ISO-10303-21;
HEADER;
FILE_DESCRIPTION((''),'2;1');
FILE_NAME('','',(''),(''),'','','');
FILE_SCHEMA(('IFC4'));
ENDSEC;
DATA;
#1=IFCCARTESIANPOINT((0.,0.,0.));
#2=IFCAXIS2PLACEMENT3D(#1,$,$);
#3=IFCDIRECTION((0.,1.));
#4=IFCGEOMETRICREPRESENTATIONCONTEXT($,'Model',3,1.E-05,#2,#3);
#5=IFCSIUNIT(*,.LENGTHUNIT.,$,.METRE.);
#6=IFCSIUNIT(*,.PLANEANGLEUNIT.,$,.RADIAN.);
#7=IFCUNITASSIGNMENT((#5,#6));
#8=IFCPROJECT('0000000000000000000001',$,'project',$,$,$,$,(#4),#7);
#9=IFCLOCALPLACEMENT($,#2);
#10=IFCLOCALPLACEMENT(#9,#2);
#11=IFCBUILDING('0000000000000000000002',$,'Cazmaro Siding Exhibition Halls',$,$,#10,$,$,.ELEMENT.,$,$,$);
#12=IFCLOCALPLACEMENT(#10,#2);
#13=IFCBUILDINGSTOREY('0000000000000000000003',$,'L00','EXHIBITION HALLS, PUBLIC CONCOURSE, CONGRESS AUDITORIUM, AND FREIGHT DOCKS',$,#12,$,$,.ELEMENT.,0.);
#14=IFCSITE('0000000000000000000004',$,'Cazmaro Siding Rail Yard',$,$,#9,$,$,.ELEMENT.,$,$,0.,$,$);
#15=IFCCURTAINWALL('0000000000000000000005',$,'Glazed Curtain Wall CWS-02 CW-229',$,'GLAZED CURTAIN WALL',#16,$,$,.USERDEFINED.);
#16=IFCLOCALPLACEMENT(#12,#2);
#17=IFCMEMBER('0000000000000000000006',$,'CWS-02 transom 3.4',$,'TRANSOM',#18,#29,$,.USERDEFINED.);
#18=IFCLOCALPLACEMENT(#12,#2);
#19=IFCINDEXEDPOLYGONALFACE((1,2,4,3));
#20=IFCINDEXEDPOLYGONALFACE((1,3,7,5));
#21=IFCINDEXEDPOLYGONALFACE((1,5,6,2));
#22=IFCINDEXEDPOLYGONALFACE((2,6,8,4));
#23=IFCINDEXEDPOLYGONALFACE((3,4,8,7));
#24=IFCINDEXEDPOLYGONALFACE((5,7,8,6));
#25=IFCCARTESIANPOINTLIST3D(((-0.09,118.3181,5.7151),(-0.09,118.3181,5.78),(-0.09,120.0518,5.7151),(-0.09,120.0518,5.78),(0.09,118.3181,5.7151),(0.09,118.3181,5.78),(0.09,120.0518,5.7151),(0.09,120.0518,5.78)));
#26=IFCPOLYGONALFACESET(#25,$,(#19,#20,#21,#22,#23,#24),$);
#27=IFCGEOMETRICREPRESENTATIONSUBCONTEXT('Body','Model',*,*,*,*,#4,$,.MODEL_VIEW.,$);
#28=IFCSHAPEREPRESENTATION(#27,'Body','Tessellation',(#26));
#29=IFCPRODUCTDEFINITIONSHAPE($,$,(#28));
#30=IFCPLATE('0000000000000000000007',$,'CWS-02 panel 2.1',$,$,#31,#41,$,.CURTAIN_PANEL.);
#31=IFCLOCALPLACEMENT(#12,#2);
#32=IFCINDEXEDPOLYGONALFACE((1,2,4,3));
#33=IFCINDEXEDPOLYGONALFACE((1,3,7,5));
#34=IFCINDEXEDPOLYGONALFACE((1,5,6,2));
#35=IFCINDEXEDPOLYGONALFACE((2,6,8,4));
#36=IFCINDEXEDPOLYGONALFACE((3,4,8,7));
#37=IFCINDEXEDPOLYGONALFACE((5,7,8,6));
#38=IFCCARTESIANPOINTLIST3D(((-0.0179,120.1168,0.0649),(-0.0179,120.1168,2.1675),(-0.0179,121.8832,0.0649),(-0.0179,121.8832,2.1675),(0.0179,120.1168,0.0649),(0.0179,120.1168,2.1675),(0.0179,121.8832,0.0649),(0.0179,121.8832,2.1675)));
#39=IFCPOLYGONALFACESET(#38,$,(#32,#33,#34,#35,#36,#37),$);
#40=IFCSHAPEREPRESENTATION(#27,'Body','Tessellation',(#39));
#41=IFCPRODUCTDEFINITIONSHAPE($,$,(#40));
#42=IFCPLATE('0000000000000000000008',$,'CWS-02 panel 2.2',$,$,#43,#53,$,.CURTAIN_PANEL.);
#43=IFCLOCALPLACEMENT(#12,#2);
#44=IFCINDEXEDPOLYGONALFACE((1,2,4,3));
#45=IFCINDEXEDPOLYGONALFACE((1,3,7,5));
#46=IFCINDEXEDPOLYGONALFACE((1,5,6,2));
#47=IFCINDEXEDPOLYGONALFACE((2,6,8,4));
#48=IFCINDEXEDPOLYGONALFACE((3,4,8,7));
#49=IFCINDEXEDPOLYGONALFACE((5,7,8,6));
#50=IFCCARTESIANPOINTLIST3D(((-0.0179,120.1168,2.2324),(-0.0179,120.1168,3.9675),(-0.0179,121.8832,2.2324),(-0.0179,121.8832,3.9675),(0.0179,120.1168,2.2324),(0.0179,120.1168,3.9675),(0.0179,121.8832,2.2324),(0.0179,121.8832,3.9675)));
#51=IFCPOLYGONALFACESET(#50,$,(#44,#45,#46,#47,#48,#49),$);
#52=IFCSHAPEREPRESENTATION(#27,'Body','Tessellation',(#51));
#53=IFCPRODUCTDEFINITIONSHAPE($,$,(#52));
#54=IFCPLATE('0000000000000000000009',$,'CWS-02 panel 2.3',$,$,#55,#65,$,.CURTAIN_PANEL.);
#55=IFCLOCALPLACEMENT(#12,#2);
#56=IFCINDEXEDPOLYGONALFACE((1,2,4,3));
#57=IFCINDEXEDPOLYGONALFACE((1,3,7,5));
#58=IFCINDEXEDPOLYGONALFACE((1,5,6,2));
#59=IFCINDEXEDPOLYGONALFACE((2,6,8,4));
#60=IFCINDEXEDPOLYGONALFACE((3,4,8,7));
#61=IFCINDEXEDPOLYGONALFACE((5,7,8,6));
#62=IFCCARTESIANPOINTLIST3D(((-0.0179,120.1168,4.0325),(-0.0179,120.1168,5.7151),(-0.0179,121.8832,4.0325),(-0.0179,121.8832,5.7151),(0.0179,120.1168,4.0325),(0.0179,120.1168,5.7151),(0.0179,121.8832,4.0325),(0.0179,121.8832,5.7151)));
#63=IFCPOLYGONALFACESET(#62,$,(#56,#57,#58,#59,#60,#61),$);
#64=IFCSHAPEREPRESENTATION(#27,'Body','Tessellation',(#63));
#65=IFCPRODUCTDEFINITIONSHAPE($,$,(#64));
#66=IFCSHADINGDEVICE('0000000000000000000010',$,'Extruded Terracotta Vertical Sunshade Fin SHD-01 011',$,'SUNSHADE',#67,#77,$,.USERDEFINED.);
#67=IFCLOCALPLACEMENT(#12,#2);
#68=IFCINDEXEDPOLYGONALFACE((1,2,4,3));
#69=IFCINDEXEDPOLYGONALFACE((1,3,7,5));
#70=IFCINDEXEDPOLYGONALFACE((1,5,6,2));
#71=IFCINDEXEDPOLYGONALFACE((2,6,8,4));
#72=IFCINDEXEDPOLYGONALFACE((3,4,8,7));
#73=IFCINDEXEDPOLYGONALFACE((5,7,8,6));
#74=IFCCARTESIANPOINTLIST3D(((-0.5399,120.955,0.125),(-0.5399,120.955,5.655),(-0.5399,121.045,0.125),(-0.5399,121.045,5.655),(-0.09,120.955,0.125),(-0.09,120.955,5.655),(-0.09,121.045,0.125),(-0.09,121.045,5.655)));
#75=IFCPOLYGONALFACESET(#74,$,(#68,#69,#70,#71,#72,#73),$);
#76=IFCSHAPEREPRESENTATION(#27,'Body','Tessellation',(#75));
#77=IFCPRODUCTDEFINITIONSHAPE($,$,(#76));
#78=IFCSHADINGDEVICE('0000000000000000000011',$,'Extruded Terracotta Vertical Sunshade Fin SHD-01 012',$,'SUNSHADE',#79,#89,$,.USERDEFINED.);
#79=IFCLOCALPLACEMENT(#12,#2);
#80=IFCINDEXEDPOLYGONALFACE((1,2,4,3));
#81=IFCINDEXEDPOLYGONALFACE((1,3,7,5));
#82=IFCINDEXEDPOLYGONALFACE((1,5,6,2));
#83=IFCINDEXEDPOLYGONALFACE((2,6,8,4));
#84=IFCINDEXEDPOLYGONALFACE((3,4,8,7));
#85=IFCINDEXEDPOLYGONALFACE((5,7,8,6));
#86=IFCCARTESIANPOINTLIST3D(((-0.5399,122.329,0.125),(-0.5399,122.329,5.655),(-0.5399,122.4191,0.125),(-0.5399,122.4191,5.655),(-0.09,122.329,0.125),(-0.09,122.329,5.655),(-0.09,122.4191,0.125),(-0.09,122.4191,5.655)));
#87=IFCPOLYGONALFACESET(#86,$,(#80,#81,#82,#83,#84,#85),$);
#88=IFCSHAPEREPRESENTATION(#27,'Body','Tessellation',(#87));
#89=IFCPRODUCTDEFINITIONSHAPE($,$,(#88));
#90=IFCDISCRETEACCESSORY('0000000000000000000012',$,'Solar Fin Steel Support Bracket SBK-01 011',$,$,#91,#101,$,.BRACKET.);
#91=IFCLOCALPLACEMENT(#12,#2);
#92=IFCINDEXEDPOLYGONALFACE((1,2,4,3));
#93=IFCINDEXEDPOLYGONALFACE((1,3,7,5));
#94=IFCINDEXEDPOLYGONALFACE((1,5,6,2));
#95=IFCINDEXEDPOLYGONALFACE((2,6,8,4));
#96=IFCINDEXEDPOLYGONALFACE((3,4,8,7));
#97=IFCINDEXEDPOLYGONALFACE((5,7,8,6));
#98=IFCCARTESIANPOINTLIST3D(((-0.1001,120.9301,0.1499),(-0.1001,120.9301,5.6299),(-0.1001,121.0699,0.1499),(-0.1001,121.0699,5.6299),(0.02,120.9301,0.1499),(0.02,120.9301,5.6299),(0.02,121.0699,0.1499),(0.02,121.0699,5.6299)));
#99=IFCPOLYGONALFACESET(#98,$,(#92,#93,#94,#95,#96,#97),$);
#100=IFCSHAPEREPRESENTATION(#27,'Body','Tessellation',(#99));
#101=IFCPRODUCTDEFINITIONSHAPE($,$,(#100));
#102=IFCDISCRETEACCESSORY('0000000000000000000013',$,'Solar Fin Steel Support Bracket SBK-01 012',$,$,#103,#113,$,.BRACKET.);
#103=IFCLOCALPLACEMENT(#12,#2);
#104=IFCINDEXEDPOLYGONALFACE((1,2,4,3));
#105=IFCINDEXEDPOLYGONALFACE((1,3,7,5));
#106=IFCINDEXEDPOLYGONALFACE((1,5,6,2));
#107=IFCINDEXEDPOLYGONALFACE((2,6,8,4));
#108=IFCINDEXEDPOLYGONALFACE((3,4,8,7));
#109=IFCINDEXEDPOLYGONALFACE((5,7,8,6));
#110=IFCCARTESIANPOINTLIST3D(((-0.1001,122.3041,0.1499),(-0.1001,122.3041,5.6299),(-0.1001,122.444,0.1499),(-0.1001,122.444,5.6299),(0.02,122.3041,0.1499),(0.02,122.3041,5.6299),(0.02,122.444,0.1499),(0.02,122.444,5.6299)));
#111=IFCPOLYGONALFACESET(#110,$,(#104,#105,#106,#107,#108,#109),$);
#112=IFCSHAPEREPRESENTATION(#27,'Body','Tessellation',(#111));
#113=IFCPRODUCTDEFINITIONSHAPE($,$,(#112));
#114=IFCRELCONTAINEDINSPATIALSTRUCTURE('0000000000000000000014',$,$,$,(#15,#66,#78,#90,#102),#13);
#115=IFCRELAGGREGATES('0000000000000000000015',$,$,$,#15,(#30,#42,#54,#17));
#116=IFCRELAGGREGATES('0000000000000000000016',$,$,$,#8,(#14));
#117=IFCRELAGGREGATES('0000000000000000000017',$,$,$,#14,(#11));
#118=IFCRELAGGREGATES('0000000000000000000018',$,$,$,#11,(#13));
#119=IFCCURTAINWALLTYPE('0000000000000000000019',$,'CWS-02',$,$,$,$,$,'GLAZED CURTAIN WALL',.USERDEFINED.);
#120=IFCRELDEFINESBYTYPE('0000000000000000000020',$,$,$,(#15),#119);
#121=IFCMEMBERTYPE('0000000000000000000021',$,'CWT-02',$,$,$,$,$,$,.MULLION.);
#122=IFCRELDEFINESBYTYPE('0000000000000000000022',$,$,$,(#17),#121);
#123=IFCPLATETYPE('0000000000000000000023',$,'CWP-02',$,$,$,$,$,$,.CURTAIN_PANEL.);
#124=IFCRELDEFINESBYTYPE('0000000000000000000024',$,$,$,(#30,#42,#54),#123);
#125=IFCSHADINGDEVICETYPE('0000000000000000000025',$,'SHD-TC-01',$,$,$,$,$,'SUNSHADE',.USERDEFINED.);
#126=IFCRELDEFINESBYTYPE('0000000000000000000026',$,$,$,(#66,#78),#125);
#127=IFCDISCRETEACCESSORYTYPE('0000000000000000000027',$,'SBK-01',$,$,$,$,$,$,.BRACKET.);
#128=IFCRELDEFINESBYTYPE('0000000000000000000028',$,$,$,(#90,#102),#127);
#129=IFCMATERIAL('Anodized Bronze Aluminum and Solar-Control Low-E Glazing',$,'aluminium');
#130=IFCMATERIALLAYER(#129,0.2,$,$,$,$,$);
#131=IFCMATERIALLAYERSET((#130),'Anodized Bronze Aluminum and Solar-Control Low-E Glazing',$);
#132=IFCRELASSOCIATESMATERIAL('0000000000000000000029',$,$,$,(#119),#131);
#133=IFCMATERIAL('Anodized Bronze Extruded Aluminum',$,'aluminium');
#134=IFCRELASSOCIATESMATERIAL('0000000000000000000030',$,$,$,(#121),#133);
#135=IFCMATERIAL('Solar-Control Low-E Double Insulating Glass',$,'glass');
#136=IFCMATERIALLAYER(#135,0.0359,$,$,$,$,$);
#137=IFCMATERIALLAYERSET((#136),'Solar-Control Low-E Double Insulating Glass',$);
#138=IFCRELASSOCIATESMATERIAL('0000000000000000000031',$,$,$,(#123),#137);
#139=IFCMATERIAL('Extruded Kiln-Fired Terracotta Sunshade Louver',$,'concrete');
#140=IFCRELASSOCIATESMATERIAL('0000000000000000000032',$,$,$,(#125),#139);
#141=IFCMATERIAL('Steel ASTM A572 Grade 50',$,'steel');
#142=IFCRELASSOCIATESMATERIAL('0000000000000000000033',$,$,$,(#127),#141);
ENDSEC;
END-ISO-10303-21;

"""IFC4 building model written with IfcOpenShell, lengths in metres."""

from ifc_helpers import new_model, si_unit, direction, frame, origin, origin_2d, place, context, subcontext, project, spatial, rectangle, extrude, material, layer, layer_set, material_profile, profile_set, type_object, element, aggregate, save


model = new_model("IFC4")

# Units and contexts
model_context = context("Model", 3, precision=1e-05, world=origin(), true_north=direction((0.0, 1.0)))
body_context = subcontext(model_context, "Body", "Model", "MODEL_VIEW")
ifc_project = project(units=[si_unit("LENGTHUNIT", "METRE"), si_unit("PLANEANGLEUNIT", "RADIAN")], contexts=[model_context])

# Site, building, storey
site_placement = place(None, origin())
site = spatial("IfcSite", under=ifc_project, at=site_placement, Name="Cazmaro Siding Rail Yard", CompositionType="ELEMENT", RefElevation=0.0)
building_placement = place(site_placement, origin())
building = spatial("IfcBuilding", under=site, at=building_placement, Name="Cazmaro Siding Exhibition Halls", CompositionType="ELEMENT")
storey_placement = place(building_placement, origin())
storey = spatial("IfcBuildingStorey", under=building, at=storey_placement, Name="L00", Description="EXHIBITION HALLS, PUBLIC CONCOURSE, CONGRESS AUDITORIUM, AND FREIGHT DOCKS", CompositionType="ELEMENT", Elevation=0.0)

# Curtain wall, member, plates
ifc_material_1 = material(Name="Anodized Bronze Aluminum and Solar-Control Low-E Glazing", Category="aluminium")
ifc_layer_1 = layer(ifc_material_1, 0.2)
ifc_layer_set_1 = layer_set([ifc_layer_1], Name="Anodized Bronze Aluminum and Solar-Control Low-E Glazing")
curtain_wall_type = type_object("IfcCurtainWallType", Name="CWS-02", ElementType="GLAZED CURTAIN WALL", PredefinedType="USERDEFINED", material=ifc_layer_set_1)
curtain_wall_placement = place(storey_placement, origin())
curtain_wall = element("IfcCurtainWall", 1, at=curtain_wall_placement, inside=storey, type_object=curtain_wall_type, Name="Glazed Curtain Wall CWS-02 CW-229", ObjectType="GLAZED CURTAIN WALL", PredefinedType="USERDEFINED")
ifc_material_2 = material(Name="Anodized Bronze Extruded Aluminum", Category="aluminium")
ifc_material_profile_1 = material_profile(ifc_material_2, rectangle(XDim=0.1799, YDim=0.0649, at=origin_2d()), Name="CWT-02")
ifc_profile_set_1 = profile_set([ifc_material_profile_1], Name="Anodized Bronze Extruded Aluminum")
member_type_1 = type_object("IfcMemberType", Name="CWT-02", PredefinedType="MULLION", material=ifc_profile_set_1)
member_1_placement = place(storey_placement, frame((0.0, 120.0518, 5.7476), z_axis=(0.0, -1.0, 0.0), x_axis=(1.0, 0.0, 0.0)))
member_1 = element("IfcMember", 2, at=member_1_placement, type_object=member_type_1, Name="CWS-02 transom 3.4", ObjectType="TRANSOM", PredefinedType="USERDEFINED", context=body_context, shape_type="SweptSolid", body=[
    extrude(rectangle(XDim=0.1799, YDim=0.0649, at=origin_2d()), origin(), (0.0, 0.0, 1.0), 1.7336),
])
ifc_material_3 = material(Name="Solar-Control Low-E Double Insulating Glass", Category="glass")
ifc_layer_2 = layer(ifc_material_3, 0.0359)
ifc_layer_set_2 = layer_set([ifc_layer_2], Name="Solar-Control Low-E Double Insulating Glass")
plate_type = type_object("IfcPlateType", Name="CWP-02", PredefinedType="CURTAIN_PANEL", material=ifc_layer_set_2)
plate_1_placement = place(storey_placement, frame((0.0, 121.0, 0.0649), z_axis=(0.0, 0.0, 1.0), x_axis=(0.0, -1.0, 0.0)))
plate_1 = element("IfcPlate", 3, at=plate_1_placement, type_object=plate_type, Name="CWS-02 panel 2.1", PredefinedType="CURTAIN_PANEL", context=body_context, shape_type="SweptSolid", body=[
    extrude(rectangle(XDim=1.7664, YDim=0.0359, at=origin_2d()), origin(), (0.0, 0.0, 1.0), 2.1025),
])
plate_2_placement = place(storey_placement, frame((0.0, 121.0, 2.2324), z_axis=(0.0, 0.0, 1.0), x_axis=(0.0, -1.0, 0.0)))
plate_2 = element("IfcPlate", 4, at=plate_2_placement, type_object=plate_type, Name="CWS-02 panel 2.2", PredefinedType="CURTAIN_PANEL", context=body_context, shape_type="SweptSolid", body=[
    extrude(rectangle(XDim=1.7664, YDim=0.0359, at=origin_2d()), origin(), (0.0, 0.0, 1.0), 1.7351),
])
plate_3_placement = place(storey_placement, frame((0.0, 121.0, 4.0325), z_axis=(0.0, 0.0, 1.0), x_axis=(0.0, -1.0, 0.0)))
plate_3 = element("IfcPlate", 5, at=plate_3_placement, type_object=plate_type, Name="CWS-02 panel 2.3", PredefinedType="CURTAIN_PANEL", context=body_context, shape_type="SweptSolid", body=[
    extrude(rectangle(XDim=1.7664, YDim=0.0359, at=origin_2d()), origin(), (0.0, 0.0, 1.0), 1.6826),
])
aggregate(curtain_wall, [plate_1, plate_2, plate_3, member_1])

# Shading devices
ifc_material_4 = material(Name="Extruded Kiln-Fired Terracotta Sunshade Louver", Category="concrete")
shading_device_type = type_object("IfcShadingDeviceType", Name="SHD-TC-01", ElementType="SUNSHADE", PredefinedType="USERDEFINED", material=ifc_material_4)
for number, where, z_axis, x_axis, name in (
    (6, (-0.3149, 121.0, 0.125), (0.0, 0.0, 1.0), (1.0, 0.0, 0.0), "Extruded Terracotta Vertical Sunshade Fin SHD-01 011"),
    (7, (-0.3149, 122.374, 0.125), (0.0, 0.0, 1.0), (1.0, 0.0, 0.0), "Extruded Terracotta Vertical Sunshade Fin SHD-01 012"),
):
    element("IfcShadingDevice", number, at=place(storey_placement, frame(where, z_axis=z_axis, x_axis=x_axis)), inside=storey, type_object=shading_device_type, Name=name, ObjectType="SUNSHADE", PredefinedType="USERDEFINED", context=body_context, shape_type="SweptSolid", body=[
        extrude(rectangle(XDim=0.45, YDim=0.0901, at=origin_2d()), origin(), (0.0, 0.0, 1.0), 5.53),
    ])

# Discrete accessories
ifc_material_5 = material(Name="Steel ASTM A572 Grade 50", Category="steel")
discrete_accessory_type = type_object("IfcDiscreteAccessoryType", Name="SBK-01", PredefinedType="BRACKET", material=ifc_material_5)
for number, where, z_axis, x_axis, name in (
    (8, (-0.04, 121.0, 0.1499), (0.0, 0.0, 1.0), (1.0, 0.0, 0.0), "Solar Fin Steel Support Bracket SBK-01 011"),
    (9, (-0.04, 122.374, 0.1499), (0.0, 0.0, 1.0), (1.0, 0.0, 0.0), "Solar Fin Steel Support Bracket SBK-01 012"),
):
    element("IfcDiscreteAccessory", number, at=place(storey_placement, frame(where, z_axis=z_axis, x_axis=x_axis)), inside=storey, type_object=discrete_accessory_type, Name=name, PredefinedType="BRACKET", context=body_context, shape_type="SweptSolid", body=[
        extrude(rectangle(XDim=0.1201, YDim=0.1399, at=origin_2d()), origin(), (0.0, 0.0, 1.0), 5.48),
    ])

save(model, "model.ifc")
